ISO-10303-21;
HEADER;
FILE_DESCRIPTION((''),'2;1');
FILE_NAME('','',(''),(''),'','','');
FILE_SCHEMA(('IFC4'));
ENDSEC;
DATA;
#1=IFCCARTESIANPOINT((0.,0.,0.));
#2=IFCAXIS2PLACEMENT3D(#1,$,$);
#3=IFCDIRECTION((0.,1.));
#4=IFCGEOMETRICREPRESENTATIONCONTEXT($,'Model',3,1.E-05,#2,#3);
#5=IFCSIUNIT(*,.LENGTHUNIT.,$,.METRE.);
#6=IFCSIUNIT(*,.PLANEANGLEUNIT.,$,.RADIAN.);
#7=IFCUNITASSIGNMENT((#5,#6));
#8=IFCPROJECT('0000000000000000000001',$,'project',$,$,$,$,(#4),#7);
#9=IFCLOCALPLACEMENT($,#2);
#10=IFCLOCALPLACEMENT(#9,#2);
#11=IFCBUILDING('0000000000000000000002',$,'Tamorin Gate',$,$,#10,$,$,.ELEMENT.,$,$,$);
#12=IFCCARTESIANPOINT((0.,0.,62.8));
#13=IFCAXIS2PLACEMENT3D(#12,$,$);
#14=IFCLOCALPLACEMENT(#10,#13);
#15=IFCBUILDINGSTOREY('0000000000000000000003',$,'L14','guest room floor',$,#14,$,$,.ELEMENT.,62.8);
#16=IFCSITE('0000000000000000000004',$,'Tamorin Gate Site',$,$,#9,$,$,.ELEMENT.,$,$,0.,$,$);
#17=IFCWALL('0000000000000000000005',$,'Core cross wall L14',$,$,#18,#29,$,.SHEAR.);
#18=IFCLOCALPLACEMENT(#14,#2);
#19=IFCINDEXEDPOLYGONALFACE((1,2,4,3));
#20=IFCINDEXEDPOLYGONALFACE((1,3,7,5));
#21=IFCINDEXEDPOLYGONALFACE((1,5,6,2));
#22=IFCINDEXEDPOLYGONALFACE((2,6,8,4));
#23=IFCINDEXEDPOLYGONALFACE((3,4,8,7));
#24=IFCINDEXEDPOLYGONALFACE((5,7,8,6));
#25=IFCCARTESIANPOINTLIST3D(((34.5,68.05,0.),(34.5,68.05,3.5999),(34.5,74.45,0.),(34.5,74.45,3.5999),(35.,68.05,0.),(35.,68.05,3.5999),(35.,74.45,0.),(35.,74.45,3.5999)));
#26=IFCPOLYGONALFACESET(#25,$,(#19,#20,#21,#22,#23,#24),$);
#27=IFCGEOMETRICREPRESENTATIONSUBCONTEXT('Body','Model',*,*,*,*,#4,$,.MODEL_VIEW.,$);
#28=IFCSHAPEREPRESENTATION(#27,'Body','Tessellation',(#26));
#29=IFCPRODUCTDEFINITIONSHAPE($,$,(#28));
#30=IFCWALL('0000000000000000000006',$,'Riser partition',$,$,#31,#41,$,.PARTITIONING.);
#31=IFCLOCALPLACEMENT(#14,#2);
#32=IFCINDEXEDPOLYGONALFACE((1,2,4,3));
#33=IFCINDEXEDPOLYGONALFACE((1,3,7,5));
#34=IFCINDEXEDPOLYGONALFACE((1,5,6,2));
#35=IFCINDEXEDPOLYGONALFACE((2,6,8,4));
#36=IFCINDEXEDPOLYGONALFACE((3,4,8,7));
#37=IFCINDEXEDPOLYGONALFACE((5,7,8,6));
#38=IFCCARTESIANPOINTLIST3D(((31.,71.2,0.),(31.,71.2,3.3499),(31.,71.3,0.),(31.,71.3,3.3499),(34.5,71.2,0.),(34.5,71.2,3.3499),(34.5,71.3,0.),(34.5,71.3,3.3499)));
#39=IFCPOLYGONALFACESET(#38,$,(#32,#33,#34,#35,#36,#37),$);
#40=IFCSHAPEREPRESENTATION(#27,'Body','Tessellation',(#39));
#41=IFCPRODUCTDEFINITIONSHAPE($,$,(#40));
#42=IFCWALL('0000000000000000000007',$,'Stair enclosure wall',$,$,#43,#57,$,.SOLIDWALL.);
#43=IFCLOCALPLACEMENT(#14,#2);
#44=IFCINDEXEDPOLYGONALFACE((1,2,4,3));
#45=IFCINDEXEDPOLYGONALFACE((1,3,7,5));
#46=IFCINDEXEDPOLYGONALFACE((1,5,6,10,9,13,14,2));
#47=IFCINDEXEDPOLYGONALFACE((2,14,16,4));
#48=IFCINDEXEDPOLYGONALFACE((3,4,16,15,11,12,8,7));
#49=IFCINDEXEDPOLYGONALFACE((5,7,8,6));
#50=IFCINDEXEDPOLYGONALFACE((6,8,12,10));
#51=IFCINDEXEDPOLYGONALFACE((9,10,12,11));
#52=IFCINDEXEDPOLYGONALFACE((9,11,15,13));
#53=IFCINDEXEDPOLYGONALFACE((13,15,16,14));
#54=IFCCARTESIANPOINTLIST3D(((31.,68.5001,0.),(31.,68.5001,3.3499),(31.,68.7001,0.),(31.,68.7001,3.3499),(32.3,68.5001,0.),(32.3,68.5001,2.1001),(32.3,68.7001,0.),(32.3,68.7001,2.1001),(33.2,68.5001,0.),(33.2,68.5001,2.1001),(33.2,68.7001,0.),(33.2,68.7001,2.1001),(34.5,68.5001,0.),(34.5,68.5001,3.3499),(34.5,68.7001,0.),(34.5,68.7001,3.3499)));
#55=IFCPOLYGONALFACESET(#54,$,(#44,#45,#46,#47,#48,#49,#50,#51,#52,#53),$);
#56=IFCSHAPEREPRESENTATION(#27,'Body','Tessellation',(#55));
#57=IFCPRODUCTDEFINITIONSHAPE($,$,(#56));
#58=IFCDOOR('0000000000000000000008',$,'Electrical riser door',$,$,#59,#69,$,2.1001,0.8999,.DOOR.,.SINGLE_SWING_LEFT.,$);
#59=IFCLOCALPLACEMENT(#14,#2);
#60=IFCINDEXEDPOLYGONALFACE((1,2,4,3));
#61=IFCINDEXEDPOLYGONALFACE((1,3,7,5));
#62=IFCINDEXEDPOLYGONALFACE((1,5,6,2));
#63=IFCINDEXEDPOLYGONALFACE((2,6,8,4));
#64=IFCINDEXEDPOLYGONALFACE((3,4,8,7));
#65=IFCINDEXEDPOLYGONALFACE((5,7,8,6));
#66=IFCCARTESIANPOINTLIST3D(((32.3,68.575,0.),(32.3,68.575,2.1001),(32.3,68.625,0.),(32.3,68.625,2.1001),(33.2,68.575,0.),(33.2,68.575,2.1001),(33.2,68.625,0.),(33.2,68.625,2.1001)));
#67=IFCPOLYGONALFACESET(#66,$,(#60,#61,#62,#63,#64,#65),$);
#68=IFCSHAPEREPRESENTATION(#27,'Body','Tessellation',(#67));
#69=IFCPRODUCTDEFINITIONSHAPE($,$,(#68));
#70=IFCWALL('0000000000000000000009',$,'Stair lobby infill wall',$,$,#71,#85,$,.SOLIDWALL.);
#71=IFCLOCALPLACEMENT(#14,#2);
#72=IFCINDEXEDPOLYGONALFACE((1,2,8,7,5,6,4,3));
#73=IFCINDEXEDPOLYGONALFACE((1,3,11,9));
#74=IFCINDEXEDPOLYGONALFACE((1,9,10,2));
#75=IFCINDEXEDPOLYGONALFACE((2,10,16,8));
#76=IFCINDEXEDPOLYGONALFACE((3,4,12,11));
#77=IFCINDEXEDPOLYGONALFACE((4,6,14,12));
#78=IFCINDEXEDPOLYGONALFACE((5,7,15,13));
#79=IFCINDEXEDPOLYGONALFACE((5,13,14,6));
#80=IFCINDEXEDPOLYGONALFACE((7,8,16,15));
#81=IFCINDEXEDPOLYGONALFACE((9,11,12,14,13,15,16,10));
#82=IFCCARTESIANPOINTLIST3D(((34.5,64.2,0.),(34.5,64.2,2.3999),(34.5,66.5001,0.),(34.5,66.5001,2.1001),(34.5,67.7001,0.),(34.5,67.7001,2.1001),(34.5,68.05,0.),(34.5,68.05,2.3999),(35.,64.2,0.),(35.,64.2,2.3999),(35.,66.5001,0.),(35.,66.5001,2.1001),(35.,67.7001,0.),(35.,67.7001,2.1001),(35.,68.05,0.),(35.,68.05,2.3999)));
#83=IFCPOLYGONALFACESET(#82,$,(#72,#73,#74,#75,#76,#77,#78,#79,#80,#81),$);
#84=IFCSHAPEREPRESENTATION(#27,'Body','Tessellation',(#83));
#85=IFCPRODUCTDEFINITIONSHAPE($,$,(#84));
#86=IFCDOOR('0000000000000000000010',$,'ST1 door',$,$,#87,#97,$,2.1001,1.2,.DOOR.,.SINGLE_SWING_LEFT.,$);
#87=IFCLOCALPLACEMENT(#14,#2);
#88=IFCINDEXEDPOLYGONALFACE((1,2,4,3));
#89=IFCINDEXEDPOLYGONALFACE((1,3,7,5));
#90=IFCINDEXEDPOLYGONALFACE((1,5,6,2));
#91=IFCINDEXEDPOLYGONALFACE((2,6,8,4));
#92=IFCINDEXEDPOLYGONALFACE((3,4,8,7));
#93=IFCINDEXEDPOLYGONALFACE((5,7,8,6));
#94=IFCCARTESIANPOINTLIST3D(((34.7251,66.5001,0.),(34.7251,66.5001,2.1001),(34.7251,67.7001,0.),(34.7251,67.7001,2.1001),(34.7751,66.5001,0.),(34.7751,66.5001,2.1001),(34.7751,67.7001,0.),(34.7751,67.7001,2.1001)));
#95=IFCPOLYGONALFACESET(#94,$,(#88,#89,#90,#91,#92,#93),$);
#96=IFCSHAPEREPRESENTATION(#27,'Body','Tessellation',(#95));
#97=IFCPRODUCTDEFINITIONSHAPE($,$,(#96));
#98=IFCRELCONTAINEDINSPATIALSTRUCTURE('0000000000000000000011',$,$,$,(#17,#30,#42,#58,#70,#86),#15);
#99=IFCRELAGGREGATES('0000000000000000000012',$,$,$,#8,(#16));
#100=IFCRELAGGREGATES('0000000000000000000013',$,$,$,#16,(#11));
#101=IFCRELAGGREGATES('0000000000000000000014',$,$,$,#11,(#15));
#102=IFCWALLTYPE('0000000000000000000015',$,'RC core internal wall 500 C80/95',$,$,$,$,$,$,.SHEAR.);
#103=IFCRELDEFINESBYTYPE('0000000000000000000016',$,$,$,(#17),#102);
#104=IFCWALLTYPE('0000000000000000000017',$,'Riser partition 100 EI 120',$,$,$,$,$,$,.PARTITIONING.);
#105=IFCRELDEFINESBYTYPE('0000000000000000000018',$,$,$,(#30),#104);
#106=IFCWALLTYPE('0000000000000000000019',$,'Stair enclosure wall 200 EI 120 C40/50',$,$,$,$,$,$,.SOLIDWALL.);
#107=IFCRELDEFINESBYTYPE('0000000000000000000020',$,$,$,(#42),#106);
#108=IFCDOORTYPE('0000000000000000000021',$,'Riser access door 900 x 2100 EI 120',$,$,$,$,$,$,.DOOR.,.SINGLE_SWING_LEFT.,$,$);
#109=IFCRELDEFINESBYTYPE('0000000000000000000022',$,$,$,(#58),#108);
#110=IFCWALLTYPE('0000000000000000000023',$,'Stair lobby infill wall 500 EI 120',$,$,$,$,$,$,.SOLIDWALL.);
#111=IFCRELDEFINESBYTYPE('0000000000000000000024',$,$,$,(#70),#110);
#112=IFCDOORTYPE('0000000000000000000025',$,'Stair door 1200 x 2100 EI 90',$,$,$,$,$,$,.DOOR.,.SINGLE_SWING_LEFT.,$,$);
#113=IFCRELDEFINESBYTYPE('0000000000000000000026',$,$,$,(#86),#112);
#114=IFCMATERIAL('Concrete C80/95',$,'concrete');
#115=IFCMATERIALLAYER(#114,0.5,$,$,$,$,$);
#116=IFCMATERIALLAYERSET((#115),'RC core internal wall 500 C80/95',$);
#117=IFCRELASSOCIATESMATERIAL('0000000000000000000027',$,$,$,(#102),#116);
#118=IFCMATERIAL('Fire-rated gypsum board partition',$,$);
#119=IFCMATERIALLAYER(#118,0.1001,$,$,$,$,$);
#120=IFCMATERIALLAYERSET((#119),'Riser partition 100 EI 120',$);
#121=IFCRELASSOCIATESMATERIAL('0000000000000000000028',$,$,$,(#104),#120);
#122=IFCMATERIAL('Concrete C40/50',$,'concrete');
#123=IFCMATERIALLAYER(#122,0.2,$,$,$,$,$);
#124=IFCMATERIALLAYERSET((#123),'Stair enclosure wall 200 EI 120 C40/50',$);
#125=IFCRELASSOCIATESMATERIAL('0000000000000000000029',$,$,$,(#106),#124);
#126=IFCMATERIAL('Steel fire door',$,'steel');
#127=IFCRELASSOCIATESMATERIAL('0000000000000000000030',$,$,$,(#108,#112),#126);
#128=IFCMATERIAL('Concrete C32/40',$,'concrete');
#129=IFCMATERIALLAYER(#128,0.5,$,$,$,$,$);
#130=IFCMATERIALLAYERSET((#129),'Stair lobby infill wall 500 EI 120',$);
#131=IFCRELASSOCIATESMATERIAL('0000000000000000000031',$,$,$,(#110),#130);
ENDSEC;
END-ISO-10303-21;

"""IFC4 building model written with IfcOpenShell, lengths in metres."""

from ifc_helpers import new_model, si_unit, direction, frame, frame_2d, origin, place, context, subcontext, project, spatial, rectangle, extrude, material, layer, layer_set, type_object, element, fill, save


model = new_model("IFC4")

# Units and contexts
model_context = context("Model", 3, precision=1e-05, world=origin(), true_north=direction((0.0, 1.0)))
body_context = subcontext(model_context, "Body", "Model", "MODEL_VIEW")
ifc_project = project(units=[si_unit("LENGTHUNIT", "METRE"), si_unit("PLANEANGLEUNIT", "RADIAN")], contexts=[model_context])

# Site, building, storey
site_placement = place(None, origin())
site = spatial("IfcSite", under=ifc_project, at=site_placement, Name="Tamorin Gate Site", CompositionType="ELEMENT", RefElevation=0.0)
building_placement = place(site_placement, origin())
building = spatial("IfcBuilding", under=site, at=building_placement, Name="Tamorin Gate", CompositionType="ELEMENT")
storey_placement = place(building_placement, frame((0.0, 0.0, 62.8)))
storey = spatial("IfcBuildingStorey", under=building, at=storey_placement, Name="L14", Description="guest room floor", CompositionType="ELEMENT", Elevation=62.8)

# Shared definitions
ifc_material_1 = material(Name="Concrete C80/95", Category="concrete")

# Shared definitions
ifc_material_2 = material(Name="Concrete C32/40", Category="concrete")

# Walls
ifc_layer_1 = layer(ifc_material_1, 0.5)
ifc_layer_set_1 = layer_set([ifc_layer_1], Name="RC core internal wall 500 C80/95")
wall_type_1 = type_object("IfcWallType", Name="RC core internal wall 500 C80/95", PredefinedType="SHEAR", material=ifc_layer_set_1)
wall_1_placement = place(storey_placement, frame((34.75, 68.05, 0.0), z_axis=(0.0, 0.0, 1.0), x_axis=(0.0, 1.0, 0.0)))
element("IfcWall", 1, at=wall_1_placement, inside=storey, type_object=wall_type_1, Name="Core cross wall L14", PredefinedType="SHEAR", context=body_context, shape_type="SweptSolid", body=[
    extrude(rectangle(XDim=6.3999, YDim=0.5, at=frame_2d((3.2, 0.0))), origin(), (0.0, 0.0, 1.0), 3.5999),
])
ifc_material_3 = material(Name="Fire-rated gypsum board partition")
ifc_layer_2 = layer(ifc_material_3, 0.1001)
ifc_layer_set_2 = layer_set([ifc_layer_2], Name="Riser partition 100 EI 120")
wall_type_2 = type_object("IfcWallType", Name="Riser partition 100 EI 120", PredefinedType="PARTITIONING", material=ifc_layer_set_2)
wall_2_placement = place(storey_placement, frame((31.0, 71.25, 0.0), z_axis=(0.0, 0.0, 1.0), x_axis=(1.0, 0.0, 0.0)))
element("IfcWall", 2, at=wall_2_placement, inside=storey, type_object=wall_type_2, Name="Riser partition", PredefinedType="PARTITIONING", context=body_context, shape_type="SweptSolid", body=[
    extrude(rectangle(XDim=3.5, YDim=0.1001, at=frame_2d((1.75, 0.0))), origin(), (0.0, 0.0, 1.0), 3.3499),
])

# Walls, openings, doors
ifc_material_4 = material(Name="Concrete C40/50", Category="concrete")
ifc_layer_3 = layer(ifc_material_4, 0.2)
ifc_layer_set_3 = layer_set([ifc_layer_3], Name="Stair enclosure wall 200 EI 120 C40/50")
wall_type_3 = type_object("IfcWallType", Name="Stair enclosure wall 200 EI 120 C40/50", PredefinedType="SOLIDWALL", material=ifc_layer_set_3)
wall_3_placement = place(storey_placement, frame((31.0, 68.6001, 0.0), z_axis=(0.0, 0.0, 1.0), x_axis=(1.0, 0.0, 0.0)))
wall_3 = element("IfcWall", 3, at=wall_3_placement, inside=storey, type_object=wall_type_3, Name="Stair enclosure wall", PredefinedType="SOLIDWALL", context=body_context, shape_type="SweptSolid", body=[
    extrude(rectangle(XDim=3.5, YDim=0.2, at=frame_2d((1.75, 0.0))), origin(), (0.0, 0.0, 1.0), 3.3499),
])
opening_1_placement = place(wall_3_placement, frame((1.3, 0.0, 0.0)))
opening_1 = element("IfcOpeningElement", 4, at=opening_1_placement, cuts=wall_3, PredefinedType="OPENING", context=body_context, shape_type="SweptSolid", body=[
    extrude(rectangle(XDim=0.8999, YDim=2.1001, at=frame_2d((0.45, 1.05))), frame((0.0, 0.1099, 0.0), z_axis=(0.0, -1.0, 0.0), x_axis=(1.0, 0.0, 0.0)), (0.0, 0.0, 1.0), 0.22),
])
ifc_material_5 = material(Name="Steel fire door", Category="steel")
door_type_1 = type_object("IfcDoorType", Name="Riser access door 900 x 2100 EI 120", OperationType="SINGLE_SWING_LEFT", PredefinedType="DOOR", material=ifc_material_5)
door_1_placement = place(opening_1_placement, origin())
door_1 = element("IfcDoor", 5, at=door_1_placement, inside=storey, type_object=door_type_1, Name="Electrical riser door", OperationType="SINGLE_SWING_LEFT", OverallHeight=2.1001, OverallWidth=0.8999, PredefinedType="DOOR", context=body_context, shape_type="SweptSolid", body=[
    extrude(rectangle(XDim=0.8999, YDim=2.1001, at=frame_2d((0.45, 1.05))), frame((0.0, 0.0249, 0.0), z_axis=(0.0, -1.0, 0.0), x_axis=(1.0, 0.0, 0.0)), (0.0, 0.0, 1.0), 0.05),
])
fill(opening_1, door_1)
ifc_layer_4 = layer(ifc_material_2, 0.5)
ifc_layer_set_4 = layer_set([ifc_layer_4], Name="Stair lobby infill wall 500 EI 120")
wall_type_4 = type_object("IfcWallType", Name="Stair lobby infill wall 500 EI 120", PredefinedType="SOLIDWALL", material=ifc_layer_set_4)
wall_4_placement = place(storey_placement, frame((34.75, 64.2, 0.0), z_axis=(0.0, 0.0, 1.0), x_axis=(0.0, 1.0, 0.0)))
wall_4 = element("IfcWall", 6, at=wall_4_placement, inside=storey, type_object=wall_type_4, Name="Stair lobby infill wall", PredefinedType="SOLIDWALL", context=body_context, shape_type="SweptSolid", body=[
    extrude(rectangle(XDim=3.8501, YDim=0.5, at=frame_2d((1.925, 0.0))), origin(), (0.0, 0.0, 1.0), 2.3999),
])
opening_2_placement = place(wall_4_placement, frame((2.3, 0.0, 0.0)))
opening_2 = element("IfcOpeningElement", 7, at=opening_2_placement, cuts=wall_4, PredefinedType="OPENING", context=body_context, shape_type="SweptSolid", body=[
    extrude(rectangle(XDim=1.2, YDim=2.1001, at=frame_2d((0.6001, 1.05))), frame((0.0, 0.26, 0.0), z_axis=(0.0, -1.0, 0.0), x_axis=(1.0, 0.0, 0.0)), (0.0, 0.0, 1.0), 0.52),
])
door_type_2 = type_object("IfcDoorType", Name="Stair door 1200 x 2100 EI 90", OperationType="SINGLE_SWING_LEFT", PredefinedType="DOOR", material=ifc_material_5)
door_2_placement = place(opening_2_placement, origin())
door_2 = element("IfcDoor", 8, at=door_2_placement, inside=storey, type_object=door_type_2, Name="ST1 door", OperationType="SINGLE_SWING_LEFT", OverallHeight=2.1001, OverallWidth=1.2, PredefinedType="DOOR", context=body_context, shape_type="SweptSolid", body=[
    extrude(rectangle(XDim=1.2, YDim=2.1001, at=frame_2d((0.6001, 1.05))), frame((0.0, 0.0249, 0.0), z_axis=(0.0, -1.0, 0.0), x_axis=(1.0, 0.0, 0.0)), (0.0, 0.0, 1.0), 0.05),
])
fill(opening_2, door_2)

save(model, "model.ifc")
